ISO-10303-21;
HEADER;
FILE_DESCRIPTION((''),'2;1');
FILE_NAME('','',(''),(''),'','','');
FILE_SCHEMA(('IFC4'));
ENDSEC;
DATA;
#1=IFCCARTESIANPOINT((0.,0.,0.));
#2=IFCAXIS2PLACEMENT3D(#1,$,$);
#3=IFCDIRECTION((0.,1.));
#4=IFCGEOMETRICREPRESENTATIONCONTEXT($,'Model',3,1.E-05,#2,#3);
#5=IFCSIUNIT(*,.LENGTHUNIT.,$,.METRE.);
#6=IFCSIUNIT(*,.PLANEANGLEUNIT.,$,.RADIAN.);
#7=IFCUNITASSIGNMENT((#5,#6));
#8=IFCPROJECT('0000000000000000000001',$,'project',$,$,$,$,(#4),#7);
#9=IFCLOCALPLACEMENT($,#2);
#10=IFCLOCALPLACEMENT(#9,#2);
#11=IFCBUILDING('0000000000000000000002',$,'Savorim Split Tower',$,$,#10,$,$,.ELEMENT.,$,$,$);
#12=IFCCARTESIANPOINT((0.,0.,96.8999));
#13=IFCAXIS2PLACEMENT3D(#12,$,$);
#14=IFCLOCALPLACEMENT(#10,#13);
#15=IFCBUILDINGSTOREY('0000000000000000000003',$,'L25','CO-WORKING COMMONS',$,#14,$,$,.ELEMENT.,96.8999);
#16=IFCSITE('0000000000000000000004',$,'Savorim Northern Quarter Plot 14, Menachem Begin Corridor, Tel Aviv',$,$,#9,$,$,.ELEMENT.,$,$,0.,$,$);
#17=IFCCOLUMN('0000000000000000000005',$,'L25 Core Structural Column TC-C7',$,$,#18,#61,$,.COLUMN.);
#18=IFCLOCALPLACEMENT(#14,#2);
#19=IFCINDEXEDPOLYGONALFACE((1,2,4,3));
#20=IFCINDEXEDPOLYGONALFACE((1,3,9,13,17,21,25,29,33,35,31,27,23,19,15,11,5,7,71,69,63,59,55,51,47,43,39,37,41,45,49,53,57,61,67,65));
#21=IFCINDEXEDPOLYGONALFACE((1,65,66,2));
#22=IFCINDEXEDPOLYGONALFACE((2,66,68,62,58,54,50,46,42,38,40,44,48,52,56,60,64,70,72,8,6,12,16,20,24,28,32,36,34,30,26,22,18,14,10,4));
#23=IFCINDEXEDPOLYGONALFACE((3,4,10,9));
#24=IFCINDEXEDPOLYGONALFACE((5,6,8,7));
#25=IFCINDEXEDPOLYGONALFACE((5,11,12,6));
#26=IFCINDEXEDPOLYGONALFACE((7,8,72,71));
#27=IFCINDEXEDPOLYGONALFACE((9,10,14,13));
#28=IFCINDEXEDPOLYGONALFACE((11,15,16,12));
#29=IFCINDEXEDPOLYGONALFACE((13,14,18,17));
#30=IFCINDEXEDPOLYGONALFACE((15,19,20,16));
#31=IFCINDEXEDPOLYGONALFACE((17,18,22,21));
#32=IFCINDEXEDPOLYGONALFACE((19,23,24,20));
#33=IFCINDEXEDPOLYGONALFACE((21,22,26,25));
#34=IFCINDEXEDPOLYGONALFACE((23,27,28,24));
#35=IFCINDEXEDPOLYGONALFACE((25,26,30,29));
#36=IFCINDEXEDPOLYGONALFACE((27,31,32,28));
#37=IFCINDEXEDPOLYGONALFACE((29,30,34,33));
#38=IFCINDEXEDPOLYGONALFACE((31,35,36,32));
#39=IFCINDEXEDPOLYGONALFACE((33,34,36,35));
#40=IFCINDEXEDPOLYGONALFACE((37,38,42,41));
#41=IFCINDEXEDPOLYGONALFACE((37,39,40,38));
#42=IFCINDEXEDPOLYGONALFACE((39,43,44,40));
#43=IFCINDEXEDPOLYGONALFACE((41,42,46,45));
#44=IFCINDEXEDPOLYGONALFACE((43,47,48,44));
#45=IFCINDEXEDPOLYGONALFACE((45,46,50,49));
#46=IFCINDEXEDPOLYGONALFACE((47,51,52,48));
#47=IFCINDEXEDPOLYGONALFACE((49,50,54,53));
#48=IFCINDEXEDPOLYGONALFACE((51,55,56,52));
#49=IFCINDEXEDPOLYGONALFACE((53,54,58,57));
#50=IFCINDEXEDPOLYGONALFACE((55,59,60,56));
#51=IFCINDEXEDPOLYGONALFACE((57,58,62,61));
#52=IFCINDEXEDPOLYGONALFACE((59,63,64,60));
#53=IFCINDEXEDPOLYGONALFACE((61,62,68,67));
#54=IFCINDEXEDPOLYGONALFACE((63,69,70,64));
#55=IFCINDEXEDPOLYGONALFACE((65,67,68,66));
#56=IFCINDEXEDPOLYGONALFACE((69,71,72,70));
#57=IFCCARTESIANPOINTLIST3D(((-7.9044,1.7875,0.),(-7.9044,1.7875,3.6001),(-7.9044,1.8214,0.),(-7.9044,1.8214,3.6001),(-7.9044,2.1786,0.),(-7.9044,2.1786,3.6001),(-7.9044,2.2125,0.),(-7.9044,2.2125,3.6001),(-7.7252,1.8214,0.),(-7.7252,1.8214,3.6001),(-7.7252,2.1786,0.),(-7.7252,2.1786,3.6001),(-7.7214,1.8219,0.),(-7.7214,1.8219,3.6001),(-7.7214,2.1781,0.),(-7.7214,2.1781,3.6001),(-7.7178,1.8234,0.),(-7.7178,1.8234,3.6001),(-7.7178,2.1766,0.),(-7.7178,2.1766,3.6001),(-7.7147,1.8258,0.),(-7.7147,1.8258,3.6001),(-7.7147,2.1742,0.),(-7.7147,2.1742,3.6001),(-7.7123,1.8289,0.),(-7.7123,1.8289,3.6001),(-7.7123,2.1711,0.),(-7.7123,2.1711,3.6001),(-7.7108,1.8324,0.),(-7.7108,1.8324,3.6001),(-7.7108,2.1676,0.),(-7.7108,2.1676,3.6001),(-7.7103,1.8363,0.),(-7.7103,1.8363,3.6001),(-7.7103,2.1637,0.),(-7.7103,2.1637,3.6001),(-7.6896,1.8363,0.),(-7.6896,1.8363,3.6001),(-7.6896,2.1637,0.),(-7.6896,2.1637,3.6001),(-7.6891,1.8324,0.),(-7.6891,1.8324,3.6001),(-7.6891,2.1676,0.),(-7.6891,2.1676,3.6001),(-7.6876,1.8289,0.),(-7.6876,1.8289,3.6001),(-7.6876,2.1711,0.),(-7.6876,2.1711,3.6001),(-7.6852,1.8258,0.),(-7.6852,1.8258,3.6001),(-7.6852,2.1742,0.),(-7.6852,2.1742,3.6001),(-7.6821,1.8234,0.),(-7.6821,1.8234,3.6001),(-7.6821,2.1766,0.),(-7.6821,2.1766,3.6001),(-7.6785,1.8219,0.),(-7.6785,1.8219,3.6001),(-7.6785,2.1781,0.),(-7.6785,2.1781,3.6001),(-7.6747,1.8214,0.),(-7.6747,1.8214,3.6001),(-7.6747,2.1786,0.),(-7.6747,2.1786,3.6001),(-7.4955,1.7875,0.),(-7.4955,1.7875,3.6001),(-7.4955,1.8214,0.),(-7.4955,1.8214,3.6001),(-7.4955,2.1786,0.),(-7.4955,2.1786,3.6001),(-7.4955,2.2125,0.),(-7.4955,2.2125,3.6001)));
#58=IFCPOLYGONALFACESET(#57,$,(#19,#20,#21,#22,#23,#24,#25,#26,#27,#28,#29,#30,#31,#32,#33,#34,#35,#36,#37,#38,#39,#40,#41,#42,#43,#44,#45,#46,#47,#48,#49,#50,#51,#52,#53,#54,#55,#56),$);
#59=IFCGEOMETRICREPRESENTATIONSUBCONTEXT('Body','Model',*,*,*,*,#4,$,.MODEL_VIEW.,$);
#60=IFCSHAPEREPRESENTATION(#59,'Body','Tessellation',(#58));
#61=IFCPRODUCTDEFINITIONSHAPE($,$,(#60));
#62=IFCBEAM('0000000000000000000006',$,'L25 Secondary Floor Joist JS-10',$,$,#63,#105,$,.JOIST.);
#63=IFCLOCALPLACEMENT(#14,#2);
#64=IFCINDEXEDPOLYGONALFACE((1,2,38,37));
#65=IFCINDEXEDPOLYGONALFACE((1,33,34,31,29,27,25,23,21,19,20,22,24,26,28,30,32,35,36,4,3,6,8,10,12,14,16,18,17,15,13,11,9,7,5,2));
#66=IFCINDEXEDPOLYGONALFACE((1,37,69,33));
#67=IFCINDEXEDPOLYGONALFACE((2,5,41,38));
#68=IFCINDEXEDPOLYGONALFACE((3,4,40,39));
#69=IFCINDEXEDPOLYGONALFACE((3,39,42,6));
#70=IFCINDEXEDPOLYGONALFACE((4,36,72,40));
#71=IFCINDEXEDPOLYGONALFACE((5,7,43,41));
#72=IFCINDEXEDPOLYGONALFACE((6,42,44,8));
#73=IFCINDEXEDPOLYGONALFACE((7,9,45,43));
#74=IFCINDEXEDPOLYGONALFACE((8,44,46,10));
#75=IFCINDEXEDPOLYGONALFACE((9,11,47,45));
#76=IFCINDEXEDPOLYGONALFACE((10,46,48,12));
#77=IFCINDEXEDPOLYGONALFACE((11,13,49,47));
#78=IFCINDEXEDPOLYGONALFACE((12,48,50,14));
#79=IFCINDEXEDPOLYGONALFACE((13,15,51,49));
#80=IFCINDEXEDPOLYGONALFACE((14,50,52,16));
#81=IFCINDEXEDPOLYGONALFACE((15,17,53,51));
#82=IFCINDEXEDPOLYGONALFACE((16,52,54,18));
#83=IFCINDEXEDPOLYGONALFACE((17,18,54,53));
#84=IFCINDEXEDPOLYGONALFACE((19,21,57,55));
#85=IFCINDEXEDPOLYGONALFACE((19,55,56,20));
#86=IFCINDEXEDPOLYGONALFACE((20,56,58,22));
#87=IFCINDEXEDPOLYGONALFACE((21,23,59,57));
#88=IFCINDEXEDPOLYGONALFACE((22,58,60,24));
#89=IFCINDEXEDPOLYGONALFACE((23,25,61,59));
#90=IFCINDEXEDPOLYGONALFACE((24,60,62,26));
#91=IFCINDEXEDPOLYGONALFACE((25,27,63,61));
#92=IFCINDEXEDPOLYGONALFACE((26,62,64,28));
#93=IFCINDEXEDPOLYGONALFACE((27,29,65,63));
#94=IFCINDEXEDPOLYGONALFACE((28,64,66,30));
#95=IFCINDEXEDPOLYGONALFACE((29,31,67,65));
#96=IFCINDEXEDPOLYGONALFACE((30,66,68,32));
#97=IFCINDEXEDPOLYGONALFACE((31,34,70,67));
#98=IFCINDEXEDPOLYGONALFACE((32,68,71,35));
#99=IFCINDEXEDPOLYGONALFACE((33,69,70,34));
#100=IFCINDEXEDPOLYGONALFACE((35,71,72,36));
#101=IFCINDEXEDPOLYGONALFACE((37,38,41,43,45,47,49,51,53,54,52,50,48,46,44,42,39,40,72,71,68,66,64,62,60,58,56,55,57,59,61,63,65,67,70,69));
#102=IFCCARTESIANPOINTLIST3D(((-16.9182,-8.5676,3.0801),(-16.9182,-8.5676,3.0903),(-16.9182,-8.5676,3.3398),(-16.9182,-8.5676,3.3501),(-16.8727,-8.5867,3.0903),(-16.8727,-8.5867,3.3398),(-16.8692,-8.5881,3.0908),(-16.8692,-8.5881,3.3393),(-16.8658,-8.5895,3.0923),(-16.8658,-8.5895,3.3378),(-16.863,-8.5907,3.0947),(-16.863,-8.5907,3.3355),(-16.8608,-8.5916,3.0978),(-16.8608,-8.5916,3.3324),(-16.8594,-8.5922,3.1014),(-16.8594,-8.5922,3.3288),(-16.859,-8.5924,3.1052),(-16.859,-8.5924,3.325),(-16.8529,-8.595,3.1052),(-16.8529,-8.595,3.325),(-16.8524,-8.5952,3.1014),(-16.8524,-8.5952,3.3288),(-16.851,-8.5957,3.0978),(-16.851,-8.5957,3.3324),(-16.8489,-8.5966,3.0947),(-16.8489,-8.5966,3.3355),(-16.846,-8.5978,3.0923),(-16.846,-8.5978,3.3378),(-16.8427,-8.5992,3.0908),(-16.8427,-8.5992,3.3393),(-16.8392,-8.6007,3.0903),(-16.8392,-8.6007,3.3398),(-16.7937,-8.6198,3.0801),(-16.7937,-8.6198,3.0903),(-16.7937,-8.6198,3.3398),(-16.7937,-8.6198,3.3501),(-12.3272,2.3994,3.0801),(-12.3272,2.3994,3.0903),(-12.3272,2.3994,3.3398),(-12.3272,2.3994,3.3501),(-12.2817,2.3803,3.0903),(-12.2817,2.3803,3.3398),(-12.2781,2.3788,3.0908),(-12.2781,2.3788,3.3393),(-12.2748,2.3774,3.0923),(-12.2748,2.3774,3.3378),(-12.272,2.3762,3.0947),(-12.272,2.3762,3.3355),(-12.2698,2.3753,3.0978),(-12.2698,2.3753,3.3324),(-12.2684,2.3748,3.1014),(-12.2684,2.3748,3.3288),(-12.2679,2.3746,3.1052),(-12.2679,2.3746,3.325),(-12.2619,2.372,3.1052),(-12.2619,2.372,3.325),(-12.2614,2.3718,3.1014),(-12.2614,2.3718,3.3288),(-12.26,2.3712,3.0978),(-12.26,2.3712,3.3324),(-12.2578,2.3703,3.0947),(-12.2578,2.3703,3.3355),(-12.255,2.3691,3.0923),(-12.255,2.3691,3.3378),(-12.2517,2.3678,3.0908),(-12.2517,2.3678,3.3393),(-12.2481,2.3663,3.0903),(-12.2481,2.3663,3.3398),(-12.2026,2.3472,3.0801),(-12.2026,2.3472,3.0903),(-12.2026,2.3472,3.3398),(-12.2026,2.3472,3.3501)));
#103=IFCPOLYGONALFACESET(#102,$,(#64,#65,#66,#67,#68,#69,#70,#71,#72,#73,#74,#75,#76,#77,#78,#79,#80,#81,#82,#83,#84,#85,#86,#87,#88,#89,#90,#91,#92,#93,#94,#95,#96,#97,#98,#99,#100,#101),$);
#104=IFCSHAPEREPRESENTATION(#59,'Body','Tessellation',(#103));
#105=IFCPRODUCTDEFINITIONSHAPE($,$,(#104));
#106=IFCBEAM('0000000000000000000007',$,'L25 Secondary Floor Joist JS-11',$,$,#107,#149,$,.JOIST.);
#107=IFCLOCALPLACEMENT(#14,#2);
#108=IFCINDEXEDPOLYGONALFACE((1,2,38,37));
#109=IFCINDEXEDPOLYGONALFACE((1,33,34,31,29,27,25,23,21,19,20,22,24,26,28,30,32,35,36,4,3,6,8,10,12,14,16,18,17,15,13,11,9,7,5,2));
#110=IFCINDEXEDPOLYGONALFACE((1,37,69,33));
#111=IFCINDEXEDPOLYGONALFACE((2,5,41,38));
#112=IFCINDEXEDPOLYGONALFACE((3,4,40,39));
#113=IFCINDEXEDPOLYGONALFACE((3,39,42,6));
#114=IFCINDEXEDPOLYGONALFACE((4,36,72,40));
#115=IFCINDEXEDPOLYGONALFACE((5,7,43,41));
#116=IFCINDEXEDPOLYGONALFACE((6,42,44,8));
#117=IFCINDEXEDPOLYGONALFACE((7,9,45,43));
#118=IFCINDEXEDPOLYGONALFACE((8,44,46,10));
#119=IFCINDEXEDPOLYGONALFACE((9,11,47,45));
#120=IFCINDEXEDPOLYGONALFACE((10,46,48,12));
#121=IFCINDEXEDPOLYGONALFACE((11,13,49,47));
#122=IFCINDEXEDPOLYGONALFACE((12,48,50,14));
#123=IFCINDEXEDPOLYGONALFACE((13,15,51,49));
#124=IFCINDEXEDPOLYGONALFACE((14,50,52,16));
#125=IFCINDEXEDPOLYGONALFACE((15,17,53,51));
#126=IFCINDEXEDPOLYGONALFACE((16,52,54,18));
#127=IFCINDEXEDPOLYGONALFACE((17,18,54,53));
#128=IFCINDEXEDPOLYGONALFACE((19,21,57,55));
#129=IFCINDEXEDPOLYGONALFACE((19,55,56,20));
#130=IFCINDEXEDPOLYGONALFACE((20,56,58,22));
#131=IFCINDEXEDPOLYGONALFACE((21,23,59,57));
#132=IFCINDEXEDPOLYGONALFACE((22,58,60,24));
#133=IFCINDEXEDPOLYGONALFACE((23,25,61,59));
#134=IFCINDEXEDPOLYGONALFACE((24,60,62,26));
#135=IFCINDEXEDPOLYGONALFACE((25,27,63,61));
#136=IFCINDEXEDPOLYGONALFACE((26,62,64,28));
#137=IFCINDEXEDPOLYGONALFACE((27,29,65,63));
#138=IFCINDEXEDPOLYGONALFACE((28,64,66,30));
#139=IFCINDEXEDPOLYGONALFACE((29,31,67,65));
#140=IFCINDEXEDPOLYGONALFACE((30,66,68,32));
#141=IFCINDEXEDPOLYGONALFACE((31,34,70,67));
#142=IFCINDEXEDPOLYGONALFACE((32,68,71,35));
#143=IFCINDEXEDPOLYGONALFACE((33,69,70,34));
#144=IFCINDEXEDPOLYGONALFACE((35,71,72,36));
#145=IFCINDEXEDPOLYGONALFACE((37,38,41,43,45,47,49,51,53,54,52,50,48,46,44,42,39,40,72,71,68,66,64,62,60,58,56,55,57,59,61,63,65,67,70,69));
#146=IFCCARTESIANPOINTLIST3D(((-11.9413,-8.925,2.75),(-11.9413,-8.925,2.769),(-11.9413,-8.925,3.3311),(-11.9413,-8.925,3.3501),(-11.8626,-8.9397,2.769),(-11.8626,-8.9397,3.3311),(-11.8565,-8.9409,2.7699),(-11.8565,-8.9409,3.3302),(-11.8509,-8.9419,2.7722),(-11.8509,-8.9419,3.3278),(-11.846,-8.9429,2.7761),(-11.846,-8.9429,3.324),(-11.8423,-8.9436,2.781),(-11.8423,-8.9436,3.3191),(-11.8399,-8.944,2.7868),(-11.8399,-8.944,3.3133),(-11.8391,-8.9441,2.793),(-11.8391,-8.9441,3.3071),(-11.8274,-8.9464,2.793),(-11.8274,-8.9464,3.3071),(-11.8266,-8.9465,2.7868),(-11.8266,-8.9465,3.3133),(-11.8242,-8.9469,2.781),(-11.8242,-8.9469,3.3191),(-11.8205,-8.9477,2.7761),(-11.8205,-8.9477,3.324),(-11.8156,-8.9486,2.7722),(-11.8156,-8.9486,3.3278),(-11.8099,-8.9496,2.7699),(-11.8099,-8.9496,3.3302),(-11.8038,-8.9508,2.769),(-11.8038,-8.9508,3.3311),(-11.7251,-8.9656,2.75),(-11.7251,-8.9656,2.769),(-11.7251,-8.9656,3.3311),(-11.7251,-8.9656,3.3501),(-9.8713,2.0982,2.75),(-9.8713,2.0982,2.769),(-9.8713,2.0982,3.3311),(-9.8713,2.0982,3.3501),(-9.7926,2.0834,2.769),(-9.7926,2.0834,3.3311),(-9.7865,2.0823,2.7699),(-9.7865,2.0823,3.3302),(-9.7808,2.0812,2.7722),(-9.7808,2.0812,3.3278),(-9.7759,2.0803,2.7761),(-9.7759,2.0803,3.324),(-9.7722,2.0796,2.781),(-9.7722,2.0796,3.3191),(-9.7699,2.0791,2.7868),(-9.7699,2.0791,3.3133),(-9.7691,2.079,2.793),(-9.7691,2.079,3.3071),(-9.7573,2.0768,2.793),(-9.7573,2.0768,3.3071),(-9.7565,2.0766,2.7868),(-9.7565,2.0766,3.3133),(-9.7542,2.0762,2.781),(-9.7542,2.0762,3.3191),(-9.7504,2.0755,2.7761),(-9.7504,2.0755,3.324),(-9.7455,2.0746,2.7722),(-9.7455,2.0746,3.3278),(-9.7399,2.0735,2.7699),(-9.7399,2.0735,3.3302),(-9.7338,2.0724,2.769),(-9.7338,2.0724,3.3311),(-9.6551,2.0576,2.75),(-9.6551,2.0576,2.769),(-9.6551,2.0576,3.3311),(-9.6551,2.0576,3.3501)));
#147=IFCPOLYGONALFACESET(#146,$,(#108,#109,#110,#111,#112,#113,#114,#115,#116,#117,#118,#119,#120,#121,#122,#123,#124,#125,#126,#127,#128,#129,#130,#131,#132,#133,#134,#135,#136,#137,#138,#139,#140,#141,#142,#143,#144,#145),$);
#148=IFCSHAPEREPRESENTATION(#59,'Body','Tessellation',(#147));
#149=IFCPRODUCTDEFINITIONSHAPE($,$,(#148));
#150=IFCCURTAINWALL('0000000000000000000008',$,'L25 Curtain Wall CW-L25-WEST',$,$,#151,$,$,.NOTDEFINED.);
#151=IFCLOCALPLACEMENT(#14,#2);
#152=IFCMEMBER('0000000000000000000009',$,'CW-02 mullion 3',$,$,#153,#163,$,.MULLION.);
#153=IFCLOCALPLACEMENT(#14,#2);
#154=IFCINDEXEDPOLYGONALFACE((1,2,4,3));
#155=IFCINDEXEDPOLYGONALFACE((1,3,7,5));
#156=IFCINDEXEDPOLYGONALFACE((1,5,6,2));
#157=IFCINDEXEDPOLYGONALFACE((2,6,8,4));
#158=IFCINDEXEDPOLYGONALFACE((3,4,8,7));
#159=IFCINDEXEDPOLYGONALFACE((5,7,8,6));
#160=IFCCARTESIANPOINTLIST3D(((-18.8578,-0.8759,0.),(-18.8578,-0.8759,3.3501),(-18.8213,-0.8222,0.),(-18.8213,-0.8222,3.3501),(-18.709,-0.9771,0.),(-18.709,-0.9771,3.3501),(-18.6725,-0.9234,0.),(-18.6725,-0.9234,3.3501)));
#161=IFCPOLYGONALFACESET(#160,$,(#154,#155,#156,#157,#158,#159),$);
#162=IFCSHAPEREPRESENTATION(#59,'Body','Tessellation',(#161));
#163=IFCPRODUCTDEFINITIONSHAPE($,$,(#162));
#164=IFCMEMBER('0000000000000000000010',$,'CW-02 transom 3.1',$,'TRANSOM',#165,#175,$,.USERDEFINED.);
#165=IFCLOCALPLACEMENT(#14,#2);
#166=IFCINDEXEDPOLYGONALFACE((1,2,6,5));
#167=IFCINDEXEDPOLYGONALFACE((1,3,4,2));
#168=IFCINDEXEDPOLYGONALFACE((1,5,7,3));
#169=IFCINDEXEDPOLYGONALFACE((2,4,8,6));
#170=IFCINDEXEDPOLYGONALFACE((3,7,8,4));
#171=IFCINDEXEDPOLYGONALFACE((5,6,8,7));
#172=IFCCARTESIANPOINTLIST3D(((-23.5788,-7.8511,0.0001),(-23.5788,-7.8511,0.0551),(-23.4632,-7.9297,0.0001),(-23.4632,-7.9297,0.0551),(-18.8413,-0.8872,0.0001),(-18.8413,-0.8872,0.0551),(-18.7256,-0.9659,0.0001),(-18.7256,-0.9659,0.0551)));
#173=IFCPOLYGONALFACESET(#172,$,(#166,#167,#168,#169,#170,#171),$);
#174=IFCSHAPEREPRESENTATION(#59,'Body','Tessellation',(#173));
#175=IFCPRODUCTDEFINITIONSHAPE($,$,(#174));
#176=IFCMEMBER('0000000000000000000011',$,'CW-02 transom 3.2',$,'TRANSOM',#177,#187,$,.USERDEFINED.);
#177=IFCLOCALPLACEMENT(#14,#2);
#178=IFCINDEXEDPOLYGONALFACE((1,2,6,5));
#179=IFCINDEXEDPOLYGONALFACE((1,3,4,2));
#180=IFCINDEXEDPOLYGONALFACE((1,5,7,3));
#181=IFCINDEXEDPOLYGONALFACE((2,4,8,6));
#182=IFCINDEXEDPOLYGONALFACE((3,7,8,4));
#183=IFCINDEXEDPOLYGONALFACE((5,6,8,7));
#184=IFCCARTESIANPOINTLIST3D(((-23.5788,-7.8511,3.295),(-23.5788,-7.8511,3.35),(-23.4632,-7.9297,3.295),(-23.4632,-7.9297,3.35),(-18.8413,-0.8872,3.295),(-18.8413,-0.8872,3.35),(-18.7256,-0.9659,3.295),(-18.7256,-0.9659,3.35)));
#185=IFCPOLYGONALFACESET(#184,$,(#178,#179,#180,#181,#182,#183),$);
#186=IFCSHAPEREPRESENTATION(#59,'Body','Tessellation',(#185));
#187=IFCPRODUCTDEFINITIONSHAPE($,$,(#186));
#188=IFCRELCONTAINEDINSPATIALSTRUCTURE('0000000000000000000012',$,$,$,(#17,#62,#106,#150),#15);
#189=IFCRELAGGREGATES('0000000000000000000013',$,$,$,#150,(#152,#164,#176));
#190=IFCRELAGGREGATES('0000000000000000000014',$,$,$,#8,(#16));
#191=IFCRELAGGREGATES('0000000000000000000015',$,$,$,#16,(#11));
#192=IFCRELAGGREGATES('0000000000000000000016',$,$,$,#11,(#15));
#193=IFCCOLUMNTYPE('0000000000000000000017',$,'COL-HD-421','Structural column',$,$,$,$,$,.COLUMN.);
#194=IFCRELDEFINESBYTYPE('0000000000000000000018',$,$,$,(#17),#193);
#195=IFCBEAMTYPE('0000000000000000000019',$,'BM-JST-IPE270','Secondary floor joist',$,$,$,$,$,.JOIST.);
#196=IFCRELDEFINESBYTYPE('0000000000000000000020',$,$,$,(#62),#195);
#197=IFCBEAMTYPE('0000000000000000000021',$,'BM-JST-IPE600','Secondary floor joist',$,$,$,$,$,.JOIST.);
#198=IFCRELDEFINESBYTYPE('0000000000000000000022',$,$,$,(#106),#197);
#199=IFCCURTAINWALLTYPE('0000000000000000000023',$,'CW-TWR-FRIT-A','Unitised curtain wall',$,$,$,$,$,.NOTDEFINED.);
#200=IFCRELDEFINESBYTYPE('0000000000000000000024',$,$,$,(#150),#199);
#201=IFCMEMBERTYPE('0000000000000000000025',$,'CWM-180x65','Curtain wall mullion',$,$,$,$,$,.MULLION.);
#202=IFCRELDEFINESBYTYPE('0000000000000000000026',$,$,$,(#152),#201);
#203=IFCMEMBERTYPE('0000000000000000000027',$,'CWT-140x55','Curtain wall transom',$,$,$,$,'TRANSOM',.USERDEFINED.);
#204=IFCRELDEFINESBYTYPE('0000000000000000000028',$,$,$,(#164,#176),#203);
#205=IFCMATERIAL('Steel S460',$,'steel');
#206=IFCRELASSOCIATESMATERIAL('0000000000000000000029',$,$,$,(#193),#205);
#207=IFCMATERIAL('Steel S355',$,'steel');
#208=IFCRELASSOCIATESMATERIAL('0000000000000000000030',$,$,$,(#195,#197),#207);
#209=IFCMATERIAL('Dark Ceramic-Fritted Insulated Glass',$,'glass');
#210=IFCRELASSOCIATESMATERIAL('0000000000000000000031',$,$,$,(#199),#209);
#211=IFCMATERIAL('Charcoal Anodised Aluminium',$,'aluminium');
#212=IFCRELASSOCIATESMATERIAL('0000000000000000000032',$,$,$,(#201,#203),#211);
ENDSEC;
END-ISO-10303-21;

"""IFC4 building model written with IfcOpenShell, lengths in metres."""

from ifc_helpers import new_model, si_unit, direction, frame, origin, origin_2d, place, context, subcontext, project, spatial, rectangle, i_section, extrude, material, material_profile, profile_set, type_object, element, aggregate, save


model = new_model("IFC4")

# Units and contexts
model_context = context("Model", 3, precision=1e-05, world=origin(), true_north=direction((0.0, 1.0)))
body_context = subcontext(model_context, "Body", "Model", "MODEL_VIEW")
ifc_project = project(units=[si_unit("LENGTHUNIT", "METRE"), si_unit("PLANEANGLEUNIT", "RADIAN")], contexts=[model_context])

# Site, building, storey
site_placement = place(None, origin())
site = spatial("IfcSite", under=ifc_project, at=site_placement, Name="Savorim Northern Quarter Plot 14, Menachem Begin Corridor, Tel Aviv", CompositionType="ELEMENT", RefElevation=0.0)
building_placement = place(site_placement, origin())
building = spatial("IfcBuilding", under=site, at=building_placement, Name="Savorim Split Tower", CompositionType="ELEMENT")
storey_placement = place(building_placement, frame((0.0, 0.0, 96.8999)))
storey = spatial("IfcBuildingStorey", under=building, at=storey_placement, Name="L25", Description="CO-WORKING COMMONS", CompositionType="ELEMENT", Elevation=96.8999)

# Column
ifc_material_1 = material(Name="Steel S460", Category="steel")
ifc_material_profile_1 = material_profile(ifc_material_1, i_section(OverallWidth=0.4089, OverallDepth=0.425, WebThickness=0.0208, FlangeThickness=0.0339, FilletRadius=0.0149, at=origin_2d()), Name="HD 400x421")
ifc_profile_set_1 = profile_set([ifc_material_profile_1], Name="Steel S460")
column_type = type_object("IfcColumnType", Name="COL-HD-421", Description="Structural column", PredefinedType="COLUMN", material=ifc_profile_set_1)
column_placement = place(storey_placement, frame((-7.7, 2.0, 0.0), z_axis=(0.0, 0.0, 1.0), x_axis=(1.0, 0.0, 0.0)))
element("IfcColumn", 1, at=column_placement, inside=storey, type_object=column_type, Name="L25 Core Structural Column TC-C7", PredefinedType="COLUMN", context=body_context, shape_type="SweptSolid", body=[
    extrude(i_section(OverallWidth=0.4089, OverallDepth=0.425, WebThickness=0.0208, FlangeThickness=0.0339, FilletRadius=0.0149, at=origin_2d()), origin(), (0.0, 0.0, 1.0), 3.6001),
])

# Beams
ifc_material_2 = material(Name="Steel S355", Category="steel")
ifc_material_profile_2 = material_profile(ifc_material_2, i_section(OverallWidth=0.135, OverallDepth=0.27, WebThickness=0.0066, FlangeThickness=0.0103, FilletRadius=0.0149, at=origin_2d()), Name="IPE 270")
ifc_profile_set_2 = profile_set([ifc_material_profile_2], Name="Steel S355")
beam_type_1 = type_object("IfcBeamType", Name="BM-JST-IPE270", Description="Secondary floor joist", PredefinedType="JOIST", material=ifc_profile_set_2)
beam_1_placement = place(storey_placement, frame((-12.2649, 2.3733, 3.2151), z_axis=(-0.386153, -0.922435, 0.0), x_axis=(0.922435, -0.386153, 0.0)))
element("IfcBeam", 2, at=beam_1_placement, inside=storey, type_object=beam_type_1, Name="L25 Secondary Floor Joist JS-10", PredefinedType="JOIST", context=body_context, shape_type="SweptSolid", body=[
    extrude(i_section(OverallWidth=0.135, OverallDepth=0.27, WebThickness=0.0066, FlangeThickness=0.0103, FilletRadius=0.0149, at=origin_2d()), origin(), (0.0, 0.0, 1.0), 11.8892),
])
ifc_material_profile_3 = material_profile(ifc_material_2, i_section(OverallWidth=0.22, OverallDepth=0.6001, WebThickness=0.012, FlangeThickness=0.019, FilletRadius=0.0239, at=origin_2d()), Name="IPE 600")
ifc_profile_set_3 = profile_set([ifc_material_profile_3], Name="Steel S355")
beam_type_2 = type_object("IfcBeamType", Name="BM-JST-IPE600", Description="Secondary floor joist", PredefinedType="JOIST", material=ifc_profile_set_3)
beam_2_placement = place(storey_placement, frame((-9.7632, 2.0779, 3.05), z_axis=(-0.184566, -0.98282, 0.0), x_axis=(0.98282, -0.184566, 0.0)))
element("IfcBeam", 3, at=beam_2_placement, inside=storey, type_object=beam_type_2, Name="L25 Secondary Floor Joist JS-11", PredefinedType="JOIST", context=body_context, shape_type="SweptSolid", body=[
    extrude(i_section(OverallWidth=0.22, OverallDepth=0.6001, WebThickness=0.012, FlangeThickness=0.019, FilletRadius=0.0239, at=origin_2d()), origin(), (0.0, 0.0, 1.0), 11.2158),
])

# Curtain wall, members
ifc_material_3 = material(Name="Dark Ceramic-Fritted Insulated Glass", Category="glass")
curtain_wall_type = type_object("IfcCurtainWallType", Name="CW-TWR-FRIT-A", Description="Unitised curtain wall", PredefinedType="NOTDEFINED", material=ifc_material_3)
curtain_wall_placement = place(storey_placement, origin())
curtain_wall = element("IfcCurtainWall", 4, at=curtain_wall_placement, inside=storey, type_object=curtain_wall_type, Name="L25 Curtain Wall CW-L25-WEST", PredefinedType="NOTDEFINED")
ifc_material_4 = material(Name="Charcoal Anodised Aluminium", Category="aluminium")
ifc_material_profile_4 = material_profile(ifc_material_4, rectangle(XDim=0.1799, YDim=0.0649, at=origin_2d()), Name="ALU-M 180x65")
ifc_profile_set_4 = profile_set([ifc_material_profile_4], Name="Charcoal Anodised Aluminium")
member_type_1 = type_object("IfcMemberType", Name="CWM-180x65", Description="Curtain wall mullion", PredefinedType="MULLION", material=ifc_profile_set_4)
member_1_placement = place(storey_placement, frame((-18.7651, -0.8997, 0.0), z_axis=(0.0, 0.0, 1.0), x_axis=(0.826819, -0.562468, 0.0)))
member_1 = element("IfcMember", 5, at=member_1_placement, type_object=member_type_1, Name="CW-02 mullion 3", PredefinedType="MULLION", context=body_context, shape_type="SweptSolid", body=[
    extrude(rectangle(XDim=0.1799, YDim=0.0649, at=origin_2d()), origin(), (0.0, 0.0, 1.0), 3.3501),
])
ifc_material_profile_5 = material_profile(ifc_material_4, rectangle(XDim=0.1399, YDim=0.0549, at=origin_2d()), Name="ALU-T 140x55")
ifc_profile_set_5 = profile_set([ifc_material_profile_5], Name="Charcoal Anodised Aluminium")
member_type_2 = type_object("IfcMemberType", Name="CWT-140x55", Description="Curtain wall transom", ElementType="TRANSOM", PredefinedType="USERDEFINED", material=ifc_profile_set_5)
member_2_placement = place(storey_placement, frame((-18.7834, -0.9265, 0.0276), z_axis=(-0.562482, -0.826809, 0.0), x_axis=(0.826809, -0.562482, 0.0)))
member_2 = element("IfcMember", 6, at=member_2_placement, type_object=member_type_2, Name="CW-02 transom 3.1", ObjectType="TRANSOM", PredefinedType="USERDEFINED", context=body_context, shape_type="SweptSolid", body=[
    extrude(rectangle(XDim=0.1399, YDim=0.0549, at=origin_2d()), origin(), (0.0, 0.0, 1.0), 8.4226),
])
member_3_placement = place(storey_placement, frame((-18.7834, -0.9265, 3.3225), z_axis=(-0.562482, -0.826809, 0.0), x_axis=(0.826809, -0.562482, 0.0)))
member_3 = element("IfcMember", 7, at=member_3_placement, type_object=member_type_2, Name="CW-02 transom 3.2", ObjectType="TRANSOM", PredefinedType="USERDEFINED", context=body_context, shape_type="SweptSolid", body=[
    extrude(rectangle(XDim=0.1399, YDim=0.0549, at=origin_2d()), origin(), (0.0, 0.0, 1.0), 8.4226),
])
aggregate(curtain_wall, [member_1, member_2, member_3])

save(model, "model.ifc")
